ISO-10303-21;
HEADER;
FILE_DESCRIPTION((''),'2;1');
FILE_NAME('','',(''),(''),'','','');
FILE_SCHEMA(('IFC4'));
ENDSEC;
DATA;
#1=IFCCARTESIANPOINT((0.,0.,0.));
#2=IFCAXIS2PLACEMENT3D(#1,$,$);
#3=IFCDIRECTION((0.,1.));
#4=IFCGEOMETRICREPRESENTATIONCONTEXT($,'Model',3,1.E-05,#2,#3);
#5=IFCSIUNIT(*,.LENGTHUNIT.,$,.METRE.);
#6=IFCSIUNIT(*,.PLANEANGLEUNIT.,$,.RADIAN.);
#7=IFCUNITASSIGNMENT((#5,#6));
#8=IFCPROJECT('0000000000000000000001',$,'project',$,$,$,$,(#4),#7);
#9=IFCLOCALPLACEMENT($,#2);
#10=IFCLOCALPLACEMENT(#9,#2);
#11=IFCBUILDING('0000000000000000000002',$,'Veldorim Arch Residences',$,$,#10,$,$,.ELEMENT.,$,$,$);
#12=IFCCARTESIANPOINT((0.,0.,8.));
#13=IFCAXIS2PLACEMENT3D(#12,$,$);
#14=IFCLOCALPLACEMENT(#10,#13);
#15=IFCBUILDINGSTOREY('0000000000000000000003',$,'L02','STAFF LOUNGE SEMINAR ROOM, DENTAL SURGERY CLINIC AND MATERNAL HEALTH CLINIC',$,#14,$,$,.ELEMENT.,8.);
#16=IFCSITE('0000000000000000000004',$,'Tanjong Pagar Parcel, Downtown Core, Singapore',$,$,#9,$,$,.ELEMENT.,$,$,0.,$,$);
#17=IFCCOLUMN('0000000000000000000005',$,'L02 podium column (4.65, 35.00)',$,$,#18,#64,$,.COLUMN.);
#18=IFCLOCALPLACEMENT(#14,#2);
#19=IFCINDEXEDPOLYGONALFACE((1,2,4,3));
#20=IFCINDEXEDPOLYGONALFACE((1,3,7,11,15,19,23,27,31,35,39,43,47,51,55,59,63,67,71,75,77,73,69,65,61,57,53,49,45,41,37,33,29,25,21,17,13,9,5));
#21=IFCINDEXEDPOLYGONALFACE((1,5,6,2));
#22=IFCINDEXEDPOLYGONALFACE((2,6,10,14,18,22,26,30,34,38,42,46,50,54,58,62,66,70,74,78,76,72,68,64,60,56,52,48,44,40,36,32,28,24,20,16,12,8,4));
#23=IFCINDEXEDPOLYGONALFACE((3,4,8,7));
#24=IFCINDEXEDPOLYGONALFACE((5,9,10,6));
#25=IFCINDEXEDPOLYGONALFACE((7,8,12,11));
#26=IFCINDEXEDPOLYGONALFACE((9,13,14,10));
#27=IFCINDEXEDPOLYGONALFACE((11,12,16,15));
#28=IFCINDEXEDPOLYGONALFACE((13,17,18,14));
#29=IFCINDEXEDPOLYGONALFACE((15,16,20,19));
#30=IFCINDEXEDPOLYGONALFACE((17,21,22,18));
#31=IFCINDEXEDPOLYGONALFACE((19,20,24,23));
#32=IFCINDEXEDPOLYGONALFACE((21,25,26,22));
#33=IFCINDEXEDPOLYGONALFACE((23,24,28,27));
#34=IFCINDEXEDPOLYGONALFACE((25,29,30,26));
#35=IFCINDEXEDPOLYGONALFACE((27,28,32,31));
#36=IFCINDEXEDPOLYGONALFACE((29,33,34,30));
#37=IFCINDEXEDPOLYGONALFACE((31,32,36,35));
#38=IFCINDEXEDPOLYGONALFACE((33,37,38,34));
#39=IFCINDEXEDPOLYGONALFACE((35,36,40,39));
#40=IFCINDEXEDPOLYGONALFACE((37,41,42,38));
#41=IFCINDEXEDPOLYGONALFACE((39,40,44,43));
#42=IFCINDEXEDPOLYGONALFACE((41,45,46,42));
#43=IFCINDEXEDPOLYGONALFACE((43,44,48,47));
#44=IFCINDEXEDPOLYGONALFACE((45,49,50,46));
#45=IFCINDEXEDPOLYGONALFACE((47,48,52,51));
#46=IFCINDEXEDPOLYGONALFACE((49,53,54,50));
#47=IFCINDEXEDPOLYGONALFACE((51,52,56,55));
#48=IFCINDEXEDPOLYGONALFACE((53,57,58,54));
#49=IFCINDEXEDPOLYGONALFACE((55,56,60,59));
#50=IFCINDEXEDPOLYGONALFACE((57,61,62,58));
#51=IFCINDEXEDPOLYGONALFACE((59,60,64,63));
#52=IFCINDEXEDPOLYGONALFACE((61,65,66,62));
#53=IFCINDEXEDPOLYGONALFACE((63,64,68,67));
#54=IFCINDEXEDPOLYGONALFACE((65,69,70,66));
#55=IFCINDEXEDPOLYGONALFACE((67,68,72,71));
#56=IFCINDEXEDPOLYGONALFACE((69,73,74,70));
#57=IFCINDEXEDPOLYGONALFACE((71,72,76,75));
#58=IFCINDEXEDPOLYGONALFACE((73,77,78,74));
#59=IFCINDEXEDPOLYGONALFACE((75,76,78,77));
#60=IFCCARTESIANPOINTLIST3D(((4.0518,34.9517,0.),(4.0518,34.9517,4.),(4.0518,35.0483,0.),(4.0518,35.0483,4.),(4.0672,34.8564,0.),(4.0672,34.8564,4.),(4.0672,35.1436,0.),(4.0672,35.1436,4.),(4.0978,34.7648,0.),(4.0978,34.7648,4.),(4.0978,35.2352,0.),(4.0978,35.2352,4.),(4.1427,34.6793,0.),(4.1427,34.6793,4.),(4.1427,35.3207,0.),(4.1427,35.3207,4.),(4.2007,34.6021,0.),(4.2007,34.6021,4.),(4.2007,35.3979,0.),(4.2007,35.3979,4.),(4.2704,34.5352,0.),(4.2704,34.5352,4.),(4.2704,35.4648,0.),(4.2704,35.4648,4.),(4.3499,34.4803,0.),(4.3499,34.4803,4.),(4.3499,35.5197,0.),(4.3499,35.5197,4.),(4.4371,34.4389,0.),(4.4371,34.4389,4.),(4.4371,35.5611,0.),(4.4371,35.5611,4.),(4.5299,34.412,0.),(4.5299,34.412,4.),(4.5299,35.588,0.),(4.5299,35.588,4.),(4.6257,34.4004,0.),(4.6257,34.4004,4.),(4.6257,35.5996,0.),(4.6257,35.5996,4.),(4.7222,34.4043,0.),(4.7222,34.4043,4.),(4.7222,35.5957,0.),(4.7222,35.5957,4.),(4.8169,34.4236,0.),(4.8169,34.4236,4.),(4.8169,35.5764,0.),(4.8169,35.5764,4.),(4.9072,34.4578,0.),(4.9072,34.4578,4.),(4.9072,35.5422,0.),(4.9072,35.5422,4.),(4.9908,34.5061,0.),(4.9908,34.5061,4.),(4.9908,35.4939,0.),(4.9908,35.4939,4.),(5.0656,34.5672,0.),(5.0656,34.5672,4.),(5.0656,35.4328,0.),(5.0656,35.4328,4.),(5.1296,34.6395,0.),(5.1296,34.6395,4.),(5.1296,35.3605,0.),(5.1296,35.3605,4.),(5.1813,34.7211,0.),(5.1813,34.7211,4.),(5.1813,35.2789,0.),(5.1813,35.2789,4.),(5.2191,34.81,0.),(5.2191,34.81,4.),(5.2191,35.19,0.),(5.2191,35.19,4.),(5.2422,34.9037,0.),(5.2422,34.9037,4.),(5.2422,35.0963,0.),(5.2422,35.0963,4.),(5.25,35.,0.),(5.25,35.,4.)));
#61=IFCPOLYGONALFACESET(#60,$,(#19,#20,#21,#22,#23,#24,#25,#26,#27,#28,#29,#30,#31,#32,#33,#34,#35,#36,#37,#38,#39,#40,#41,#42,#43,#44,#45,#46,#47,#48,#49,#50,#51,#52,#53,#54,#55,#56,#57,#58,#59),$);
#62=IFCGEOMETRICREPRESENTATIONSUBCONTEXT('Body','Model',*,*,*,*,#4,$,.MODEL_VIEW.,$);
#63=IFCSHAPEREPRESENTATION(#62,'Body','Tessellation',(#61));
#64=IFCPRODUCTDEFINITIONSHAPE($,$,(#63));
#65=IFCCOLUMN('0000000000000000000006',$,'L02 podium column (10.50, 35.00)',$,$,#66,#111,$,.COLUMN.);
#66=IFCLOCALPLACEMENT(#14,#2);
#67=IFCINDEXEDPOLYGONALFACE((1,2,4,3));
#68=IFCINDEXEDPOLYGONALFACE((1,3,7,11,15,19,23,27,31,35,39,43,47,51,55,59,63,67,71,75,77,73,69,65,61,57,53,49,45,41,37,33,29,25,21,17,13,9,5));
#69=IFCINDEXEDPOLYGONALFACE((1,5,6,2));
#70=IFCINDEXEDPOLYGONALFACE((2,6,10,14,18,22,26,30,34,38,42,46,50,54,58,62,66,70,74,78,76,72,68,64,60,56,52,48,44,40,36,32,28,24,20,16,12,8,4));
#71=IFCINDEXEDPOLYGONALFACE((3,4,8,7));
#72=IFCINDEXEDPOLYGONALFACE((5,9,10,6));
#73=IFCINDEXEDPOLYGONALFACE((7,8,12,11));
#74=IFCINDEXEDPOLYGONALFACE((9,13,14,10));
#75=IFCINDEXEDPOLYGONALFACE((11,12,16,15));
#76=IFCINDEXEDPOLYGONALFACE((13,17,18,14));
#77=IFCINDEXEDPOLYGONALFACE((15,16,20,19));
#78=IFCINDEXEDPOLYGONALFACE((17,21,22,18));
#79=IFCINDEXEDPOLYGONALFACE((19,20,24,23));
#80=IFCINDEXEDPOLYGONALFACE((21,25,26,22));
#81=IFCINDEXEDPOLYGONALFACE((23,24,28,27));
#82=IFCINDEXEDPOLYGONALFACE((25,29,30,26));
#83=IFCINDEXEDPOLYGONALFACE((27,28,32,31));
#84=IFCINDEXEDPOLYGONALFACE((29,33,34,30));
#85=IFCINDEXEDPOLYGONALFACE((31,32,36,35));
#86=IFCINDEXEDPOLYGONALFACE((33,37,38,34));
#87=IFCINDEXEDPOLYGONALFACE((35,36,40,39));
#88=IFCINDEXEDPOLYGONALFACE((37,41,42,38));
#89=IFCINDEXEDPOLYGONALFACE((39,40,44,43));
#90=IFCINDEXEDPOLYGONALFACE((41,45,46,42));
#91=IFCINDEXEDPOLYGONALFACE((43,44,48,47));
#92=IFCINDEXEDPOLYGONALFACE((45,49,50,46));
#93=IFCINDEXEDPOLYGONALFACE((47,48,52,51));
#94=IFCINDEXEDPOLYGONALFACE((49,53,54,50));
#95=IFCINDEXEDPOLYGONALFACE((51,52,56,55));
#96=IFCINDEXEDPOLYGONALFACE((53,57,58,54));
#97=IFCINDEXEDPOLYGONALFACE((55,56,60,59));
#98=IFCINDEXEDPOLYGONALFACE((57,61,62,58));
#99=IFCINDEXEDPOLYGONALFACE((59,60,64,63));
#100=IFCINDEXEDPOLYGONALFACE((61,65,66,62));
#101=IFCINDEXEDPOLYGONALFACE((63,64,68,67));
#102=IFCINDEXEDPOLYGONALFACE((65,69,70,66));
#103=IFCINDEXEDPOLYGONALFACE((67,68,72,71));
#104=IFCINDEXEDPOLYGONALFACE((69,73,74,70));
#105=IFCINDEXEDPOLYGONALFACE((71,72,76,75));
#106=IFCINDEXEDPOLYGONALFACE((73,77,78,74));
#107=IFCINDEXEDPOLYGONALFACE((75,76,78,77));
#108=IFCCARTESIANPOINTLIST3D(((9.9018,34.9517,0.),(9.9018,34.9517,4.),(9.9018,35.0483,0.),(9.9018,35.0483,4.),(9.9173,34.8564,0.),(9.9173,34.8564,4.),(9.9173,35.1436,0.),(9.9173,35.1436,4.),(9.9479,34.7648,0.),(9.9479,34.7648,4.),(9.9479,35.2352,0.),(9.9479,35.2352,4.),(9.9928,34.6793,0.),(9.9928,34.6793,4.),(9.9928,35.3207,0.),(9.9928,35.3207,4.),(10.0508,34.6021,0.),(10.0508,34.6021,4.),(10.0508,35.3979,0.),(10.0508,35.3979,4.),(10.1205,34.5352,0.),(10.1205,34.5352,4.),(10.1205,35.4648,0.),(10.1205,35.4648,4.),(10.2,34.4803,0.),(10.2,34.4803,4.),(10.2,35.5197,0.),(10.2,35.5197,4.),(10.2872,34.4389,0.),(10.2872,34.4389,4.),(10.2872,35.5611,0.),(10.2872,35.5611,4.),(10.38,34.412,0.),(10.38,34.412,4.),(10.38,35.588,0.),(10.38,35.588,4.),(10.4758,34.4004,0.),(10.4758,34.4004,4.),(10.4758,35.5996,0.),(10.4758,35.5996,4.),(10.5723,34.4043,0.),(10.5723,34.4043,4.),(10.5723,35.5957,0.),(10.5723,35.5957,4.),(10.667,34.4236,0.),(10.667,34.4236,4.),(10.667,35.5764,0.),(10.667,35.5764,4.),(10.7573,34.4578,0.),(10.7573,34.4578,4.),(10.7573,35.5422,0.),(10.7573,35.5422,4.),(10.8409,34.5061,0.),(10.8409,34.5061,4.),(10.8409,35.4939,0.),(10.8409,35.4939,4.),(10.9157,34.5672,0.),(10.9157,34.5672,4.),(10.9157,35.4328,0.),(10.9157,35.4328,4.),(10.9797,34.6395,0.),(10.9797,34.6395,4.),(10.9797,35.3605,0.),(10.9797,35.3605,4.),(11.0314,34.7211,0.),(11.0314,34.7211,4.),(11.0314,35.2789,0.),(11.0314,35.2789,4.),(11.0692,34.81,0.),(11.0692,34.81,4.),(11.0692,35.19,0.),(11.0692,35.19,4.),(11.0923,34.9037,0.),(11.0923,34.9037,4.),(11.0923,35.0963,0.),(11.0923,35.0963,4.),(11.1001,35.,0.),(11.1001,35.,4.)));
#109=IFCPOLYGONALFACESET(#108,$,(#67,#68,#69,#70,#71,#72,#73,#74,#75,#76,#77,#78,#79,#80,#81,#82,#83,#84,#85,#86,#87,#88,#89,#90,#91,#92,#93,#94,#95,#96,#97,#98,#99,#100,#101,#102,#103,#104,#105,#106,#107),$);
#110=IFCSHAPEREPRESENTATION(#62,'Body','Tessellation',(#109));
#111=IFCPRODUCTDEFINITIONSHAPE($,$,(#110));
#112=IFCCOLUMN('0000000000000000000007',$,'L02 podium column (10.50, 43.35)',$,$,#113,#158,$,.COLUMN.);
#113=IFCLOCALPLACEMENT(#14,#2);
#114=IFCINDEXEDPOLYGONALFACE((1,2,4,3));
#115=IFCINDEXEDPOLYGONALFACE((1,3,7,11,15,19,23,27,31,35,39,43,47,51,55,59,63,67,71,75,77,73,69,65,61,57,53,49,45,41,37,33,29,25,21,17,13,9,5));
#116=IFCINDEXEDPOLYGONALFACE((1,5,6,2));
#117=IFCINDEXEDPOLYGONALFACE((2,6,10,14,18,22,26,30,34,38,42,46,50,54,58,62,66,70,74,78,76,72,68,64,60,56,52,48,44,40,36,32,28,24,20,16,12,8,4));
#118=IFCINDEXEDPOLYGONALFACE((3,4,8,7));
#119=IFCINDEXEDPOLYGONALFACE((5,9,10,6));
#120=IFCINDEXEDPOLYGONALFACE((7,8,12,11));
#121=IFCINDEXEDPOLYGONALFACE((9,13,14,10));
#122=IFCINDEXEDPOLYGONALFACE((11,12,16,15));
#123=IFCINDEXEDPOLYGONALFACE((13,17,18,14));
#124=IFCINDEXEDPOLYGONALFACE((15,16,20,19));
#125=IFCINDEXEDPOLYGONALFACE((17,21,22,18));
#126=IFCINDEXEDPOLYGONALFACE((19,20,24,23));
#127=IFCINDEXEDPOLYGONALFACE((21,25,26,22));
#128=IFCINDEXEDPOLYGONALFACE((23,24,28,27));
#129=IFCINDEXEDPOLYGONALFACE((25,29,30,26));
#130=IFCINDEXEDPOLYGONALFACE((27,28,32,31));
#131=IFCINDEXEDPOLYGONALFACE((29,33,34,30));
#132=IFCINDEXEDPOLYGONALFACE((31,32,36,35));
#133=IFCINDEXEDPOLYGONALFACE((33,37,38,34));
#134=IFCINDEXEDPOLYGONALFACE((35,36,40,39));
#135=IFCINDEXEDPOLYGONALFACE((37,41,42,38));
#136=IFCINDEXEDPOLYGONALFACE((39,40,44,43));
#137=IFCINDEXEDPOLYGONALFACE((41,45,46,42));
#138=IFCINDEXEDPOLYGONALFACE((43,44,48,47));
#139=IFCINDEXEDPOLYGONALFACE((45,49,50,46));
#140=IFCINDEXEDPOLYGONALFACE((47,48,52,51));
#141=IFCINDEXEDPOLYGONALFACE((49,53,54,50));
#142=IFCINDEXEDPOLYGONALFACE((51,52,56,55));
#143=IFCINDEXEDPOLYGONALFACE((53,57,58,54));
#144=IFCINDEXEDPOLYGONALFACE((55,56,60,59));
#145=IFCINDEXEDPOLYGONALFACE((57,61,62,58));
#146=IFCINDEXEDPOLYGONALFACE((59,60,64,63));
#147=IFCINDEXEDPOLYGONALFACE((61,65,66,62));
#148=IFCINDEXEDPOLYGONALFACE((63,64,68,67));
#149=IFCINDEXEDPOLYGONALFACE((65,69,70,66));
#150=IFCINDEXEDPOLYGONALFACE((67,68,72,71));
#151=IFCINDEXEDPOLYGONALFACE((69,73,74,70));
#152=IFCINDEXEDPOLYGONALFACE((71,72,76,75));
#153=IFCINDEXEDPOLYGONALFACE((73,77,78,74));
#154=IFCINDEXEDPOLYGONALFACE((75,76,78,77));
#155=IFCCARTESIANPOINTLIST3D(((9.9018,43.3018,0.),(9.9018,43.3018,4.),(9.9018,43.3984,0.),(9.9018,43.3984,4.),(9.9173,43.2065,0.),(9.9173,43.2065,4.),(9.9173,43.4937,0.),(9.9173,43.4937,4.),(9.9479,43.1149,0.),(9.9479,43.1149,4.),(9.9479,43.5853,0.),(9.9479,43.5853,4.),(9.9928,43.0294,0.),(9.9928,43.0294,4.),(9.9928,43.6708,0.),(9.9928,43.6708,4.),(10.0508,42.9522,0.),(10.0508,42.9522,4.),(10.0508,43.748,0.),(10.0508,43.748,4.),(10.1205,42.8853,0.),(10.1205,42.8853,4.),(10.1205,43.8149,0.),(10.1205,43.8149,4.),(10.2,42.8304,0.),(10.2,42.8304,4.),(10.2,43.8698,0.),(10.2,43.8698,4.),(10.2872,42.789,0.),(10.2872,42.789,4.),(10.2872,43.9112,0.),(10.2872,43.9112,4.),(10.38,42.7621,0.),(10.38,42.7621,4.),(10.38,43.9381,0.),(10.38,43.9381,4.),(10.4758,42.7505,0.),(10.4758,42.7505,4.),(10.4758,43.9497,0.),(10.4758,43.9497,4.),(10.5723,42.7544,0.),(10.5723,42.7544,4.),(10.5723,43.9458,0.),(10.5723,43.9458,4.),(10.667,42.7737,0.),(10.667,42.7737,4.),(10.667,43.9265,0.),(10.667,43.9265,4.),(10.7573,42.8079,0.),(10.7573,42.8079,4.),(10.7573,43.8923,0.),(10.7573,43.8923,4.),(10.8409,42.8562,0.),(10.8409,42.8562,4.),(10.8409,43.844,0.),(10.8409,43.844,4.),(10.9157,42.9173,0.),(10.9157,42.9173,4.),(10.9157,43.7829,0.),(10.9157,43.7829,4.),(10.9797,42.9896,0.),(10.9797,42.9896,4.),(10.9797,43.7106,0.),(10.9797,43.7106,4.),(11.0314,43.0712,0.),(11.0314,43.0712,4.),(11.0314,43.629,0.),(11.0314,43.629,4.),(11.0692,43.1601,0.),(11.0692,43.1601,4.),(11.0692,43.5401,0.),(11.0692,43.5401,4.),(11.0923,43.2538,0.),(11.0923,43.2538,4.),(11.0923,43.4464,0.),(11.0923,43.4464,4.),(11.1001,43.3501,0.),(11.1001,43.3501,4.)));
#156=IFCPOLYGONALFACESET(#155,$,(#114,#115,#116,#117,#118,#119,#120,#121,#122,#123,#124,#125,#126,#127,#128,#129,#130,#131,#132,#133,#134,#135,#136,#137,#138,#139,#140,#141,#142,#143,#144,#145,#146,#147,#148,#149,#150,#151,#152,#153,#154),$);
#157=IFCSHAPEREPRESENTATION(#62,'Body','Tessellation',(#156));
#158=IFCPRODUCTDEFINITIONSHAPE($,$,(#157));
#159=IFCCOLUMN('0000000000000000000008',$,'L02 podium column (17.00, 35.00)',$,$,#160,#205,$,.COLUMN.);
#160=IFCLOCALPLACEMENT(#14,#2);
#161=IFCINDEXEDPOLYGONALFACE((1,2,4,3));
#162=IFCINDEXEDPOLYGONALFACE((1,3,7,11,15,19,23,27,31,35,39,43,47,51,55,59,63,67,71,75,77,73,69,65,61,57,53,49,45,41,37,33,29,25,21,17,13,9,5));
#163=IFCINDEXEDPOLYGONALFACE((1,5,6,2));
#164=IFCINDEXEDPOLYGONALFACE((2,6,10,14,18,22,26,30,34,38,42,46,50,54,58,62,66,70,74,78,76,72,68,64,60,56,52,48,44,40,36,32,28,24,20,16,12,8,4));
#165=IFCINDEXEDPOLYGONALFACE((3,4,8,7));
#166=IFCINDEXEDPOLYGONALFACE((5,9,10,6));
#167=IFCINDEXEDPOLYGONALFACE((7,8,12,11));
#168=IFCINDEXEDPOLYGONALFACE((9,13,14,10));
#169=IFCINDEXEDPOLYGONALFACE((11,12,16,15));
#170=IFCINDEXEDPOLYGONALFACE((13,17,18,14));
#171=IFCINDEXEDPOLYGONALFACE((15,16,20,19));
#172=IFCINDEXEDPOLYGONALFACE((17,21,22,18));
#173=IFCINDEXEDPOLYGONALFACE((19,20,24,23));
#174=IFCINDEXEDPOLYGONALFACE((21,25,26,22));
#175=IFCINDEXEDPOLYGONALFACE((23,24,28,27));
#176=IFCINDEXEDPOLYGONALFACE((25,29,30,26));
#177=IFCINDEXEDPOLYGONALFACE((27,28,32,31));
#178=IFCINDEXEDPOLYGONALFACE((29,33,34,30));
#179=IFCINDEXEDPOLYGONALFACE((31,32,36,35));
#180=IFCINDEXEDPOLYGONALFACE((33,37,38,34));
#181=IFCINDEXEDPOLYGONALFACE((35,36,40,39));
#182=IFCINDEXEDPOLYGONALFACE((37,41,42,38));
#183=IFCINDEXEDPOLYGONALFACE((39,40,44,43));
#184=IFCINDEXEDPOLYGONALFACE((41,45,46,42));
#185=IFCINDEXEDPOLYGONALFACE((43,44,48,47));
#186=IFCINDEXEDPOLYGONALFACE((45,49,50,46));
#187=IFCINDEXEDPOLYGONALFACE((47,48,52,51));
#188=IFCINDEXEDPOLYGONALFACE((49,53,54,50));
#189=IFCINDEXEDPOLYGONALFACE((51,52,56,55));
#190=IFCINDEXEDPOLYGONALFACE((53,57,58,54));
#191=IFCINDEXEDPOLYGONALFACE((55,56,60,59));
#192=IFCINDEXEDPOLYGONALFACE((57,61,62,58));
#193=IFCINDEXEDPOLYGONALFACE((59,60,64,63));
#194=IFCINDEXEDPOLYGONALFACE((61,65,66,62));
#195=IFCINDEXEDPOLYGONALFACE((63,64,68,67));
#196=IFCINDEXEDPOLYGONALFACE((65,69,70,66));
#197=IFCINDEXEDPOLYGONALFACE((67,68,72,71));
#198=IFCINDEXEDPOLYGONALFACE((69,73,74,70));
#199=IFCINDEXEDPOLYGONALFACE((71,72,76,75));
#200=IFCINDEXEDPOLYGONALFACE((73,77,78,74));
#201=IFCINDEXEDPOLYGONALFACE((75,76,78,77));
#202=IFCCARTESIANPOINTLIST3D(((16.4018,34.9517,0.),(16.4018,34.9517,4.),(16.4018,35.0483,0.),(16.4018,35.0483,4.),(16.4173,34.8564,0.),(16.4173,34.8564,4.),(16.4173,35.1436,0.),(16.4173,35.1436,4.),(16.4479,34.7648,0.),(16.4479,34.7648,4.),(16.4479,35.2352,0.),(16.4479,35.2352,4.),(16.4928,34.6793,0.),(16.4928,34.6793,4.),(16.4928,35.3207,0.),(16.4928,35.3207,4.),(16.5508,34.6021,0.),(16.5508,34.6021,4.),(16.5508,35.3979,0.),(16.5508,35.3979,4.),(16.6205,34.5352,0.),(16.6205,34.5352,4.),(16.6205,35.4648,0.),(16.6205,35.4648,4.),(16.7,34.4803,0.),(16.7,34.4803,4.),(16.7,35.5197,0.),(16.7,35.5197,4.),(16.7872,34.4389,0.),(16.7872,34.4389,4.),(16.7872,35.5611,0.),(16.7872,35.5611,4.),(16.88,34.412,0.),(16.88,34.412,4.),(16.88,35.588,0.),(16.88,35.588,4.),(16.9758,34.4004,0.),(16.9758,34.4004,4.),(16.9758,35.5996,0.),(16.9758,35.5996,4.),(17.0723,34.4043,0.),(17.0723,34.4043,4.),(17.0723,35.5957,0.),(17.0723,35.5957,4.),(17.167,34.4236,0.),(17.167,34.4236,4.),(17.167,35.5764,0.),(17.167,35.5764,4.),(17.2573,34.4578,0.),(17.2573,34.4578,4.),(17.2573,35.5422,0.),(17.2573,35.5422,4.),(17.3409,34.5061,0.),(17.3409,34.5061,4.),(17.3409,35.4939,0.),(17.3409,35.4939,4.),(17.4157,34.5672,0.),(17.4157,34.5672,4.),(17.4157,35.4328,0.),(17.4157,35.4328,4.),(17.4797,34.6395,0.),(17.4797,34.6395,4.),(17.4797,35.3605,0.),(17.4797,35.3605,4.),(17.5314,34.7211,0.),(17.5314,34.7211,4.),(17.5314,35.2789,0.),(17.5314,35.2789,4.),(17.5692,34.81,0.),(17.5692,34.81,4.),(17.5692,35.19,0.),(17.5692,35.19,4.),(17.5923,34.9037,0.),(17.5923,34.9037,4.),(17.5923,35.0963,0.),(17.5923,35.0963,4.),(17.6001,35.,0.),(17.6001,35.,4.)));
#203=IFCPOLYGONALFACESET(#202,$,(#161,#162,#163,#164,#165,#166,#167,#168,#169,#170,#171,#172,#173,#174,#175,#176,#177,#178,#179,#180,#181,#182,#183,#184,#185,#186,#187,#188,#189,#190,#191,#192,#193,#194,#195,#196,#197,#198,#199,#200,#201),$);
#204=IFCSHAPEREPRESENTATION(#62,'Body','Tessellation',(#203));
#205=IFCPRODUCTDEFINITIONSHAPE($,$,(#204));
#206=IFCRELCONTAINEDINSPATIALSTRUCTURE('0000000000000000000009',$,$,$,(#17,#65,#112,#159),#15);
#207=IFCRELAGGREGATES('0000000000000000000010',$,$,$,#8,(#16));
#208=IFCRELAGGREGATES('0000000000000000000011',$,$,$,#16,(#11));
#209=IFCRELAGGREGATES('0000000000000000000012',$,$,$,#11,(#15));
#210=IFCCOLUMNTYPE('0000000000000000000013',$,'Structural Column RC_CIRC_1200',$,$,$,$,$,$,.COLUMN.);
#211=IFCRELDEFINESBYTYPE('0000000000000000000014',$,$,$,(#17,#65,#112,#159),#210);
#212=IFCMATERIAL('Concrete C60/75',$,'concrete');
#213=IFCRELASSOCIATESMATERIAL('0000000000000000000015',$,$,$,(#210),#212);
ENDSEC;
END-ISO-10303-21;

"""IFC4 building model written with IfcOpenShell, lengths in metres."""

from ifc_helpers import new_model, si_unit, direction, frame, origin, origin_2d, place, context, subcontext, project, spatial, circle, extrude, material, material_profile, profile_set, type_object, element, save


model = new_model("IFC4")

# Units and contexts
model_context = context("Model", 3, precision=1e-05, world=origin(), true_north=direction((0.0, 1.0)))
body_context = subcontext(model_context, "Body", "Model", "MODEL_VIEW")
ifc_project = project(units=[si_unit("LENGTHUNIT", "METRE"), si_unit("PLANEANGLEUNIT", "RADIAN")], contexts=[model_context])

# Site, building, storey
site_placement = place(None, origin())
site = spatial("IfcSite", under=ifc_project, at=site_placement, Name="Tanjong Pagar Parcel, Downtown Core, Singapore", CompositionType="ELEMENT", RefElevation=0.0)
building_placement = place(site_placement, origin())
building = spatial("IfcBuilding", under=site, at=building_placement, Name="Veldorim Arch Residences", CompositionType="ELEMENT")
storey_placement = place(building_placement, frame((0.0, 0.0, 8.0)))
storey = spatial("IfcBuildingStorey", under=building, at=storey_placement, Name="L02", Description="STAFF LOUNGE SEMINAR ROOM, DENTAL SURGERY CLINIC AND MATERNAL HEALTH CLINIC", CompositionType="ELEMENT", Elevation=8.0)

# Columns
ifc_material_1 = material(Name="Concrete C60/75", Category="concrete")
ifc_material_profile_1 = material_profile(ifc_material_1, circle(Radius=0.6001, at=origin_2d()), Name="RC_CIRC_1200")
ifc_profile_set_1 = profile_set([ifc_material_profile_1], Name="Concrete C60/75")
column_type = type_object("IfcColumnType", Name="Structural Column RC_CIRC_1200", PredefinedType="COLUMN", material=ifc_profile_set_1)
for number, where, z_axis, x_axis, name in (
    (1, (4.6499, 35.0, 0.0), (0.0, 0.0, 1.0), (1.0, 0.0, 0.0), "L02 podium column (4.65, 35.00)"),
    (2, (10.5, 35.0, 0.0), (0.0, 0.0, 1.0), (1.0, 0.0, 0.0), "L02 podium column (10.50, 35.00)"),
    (3, (10.5, 43.3501, 0.0), (0.0, 0.0, 1.0), (1.0, 0.0, 0.0), "L02 podium column (10.50, 43.35)"),
    (4, (17.0, 35.0, 0.0), (0.0, 0.0, 1.0), (1.0, 0.0, 0.0), "L02 podium column (17.00, 35.00)"),
):
    element("IfcColumn", number, at=place(storey_placement, frame(where, z_axis=z_axis, x_axis=x_axis)), inside=storey, type_object=column_type, Name=name, PredefinedType="COLUMN", context=body_context, shape_type="SweptSolid", body=[
        extrude(circle(Radius=0.6001, at=origin_2d()), origin(), (0.0, 0.0, 1.0), 4.0),
    ])

save(model, "model.ifc")
